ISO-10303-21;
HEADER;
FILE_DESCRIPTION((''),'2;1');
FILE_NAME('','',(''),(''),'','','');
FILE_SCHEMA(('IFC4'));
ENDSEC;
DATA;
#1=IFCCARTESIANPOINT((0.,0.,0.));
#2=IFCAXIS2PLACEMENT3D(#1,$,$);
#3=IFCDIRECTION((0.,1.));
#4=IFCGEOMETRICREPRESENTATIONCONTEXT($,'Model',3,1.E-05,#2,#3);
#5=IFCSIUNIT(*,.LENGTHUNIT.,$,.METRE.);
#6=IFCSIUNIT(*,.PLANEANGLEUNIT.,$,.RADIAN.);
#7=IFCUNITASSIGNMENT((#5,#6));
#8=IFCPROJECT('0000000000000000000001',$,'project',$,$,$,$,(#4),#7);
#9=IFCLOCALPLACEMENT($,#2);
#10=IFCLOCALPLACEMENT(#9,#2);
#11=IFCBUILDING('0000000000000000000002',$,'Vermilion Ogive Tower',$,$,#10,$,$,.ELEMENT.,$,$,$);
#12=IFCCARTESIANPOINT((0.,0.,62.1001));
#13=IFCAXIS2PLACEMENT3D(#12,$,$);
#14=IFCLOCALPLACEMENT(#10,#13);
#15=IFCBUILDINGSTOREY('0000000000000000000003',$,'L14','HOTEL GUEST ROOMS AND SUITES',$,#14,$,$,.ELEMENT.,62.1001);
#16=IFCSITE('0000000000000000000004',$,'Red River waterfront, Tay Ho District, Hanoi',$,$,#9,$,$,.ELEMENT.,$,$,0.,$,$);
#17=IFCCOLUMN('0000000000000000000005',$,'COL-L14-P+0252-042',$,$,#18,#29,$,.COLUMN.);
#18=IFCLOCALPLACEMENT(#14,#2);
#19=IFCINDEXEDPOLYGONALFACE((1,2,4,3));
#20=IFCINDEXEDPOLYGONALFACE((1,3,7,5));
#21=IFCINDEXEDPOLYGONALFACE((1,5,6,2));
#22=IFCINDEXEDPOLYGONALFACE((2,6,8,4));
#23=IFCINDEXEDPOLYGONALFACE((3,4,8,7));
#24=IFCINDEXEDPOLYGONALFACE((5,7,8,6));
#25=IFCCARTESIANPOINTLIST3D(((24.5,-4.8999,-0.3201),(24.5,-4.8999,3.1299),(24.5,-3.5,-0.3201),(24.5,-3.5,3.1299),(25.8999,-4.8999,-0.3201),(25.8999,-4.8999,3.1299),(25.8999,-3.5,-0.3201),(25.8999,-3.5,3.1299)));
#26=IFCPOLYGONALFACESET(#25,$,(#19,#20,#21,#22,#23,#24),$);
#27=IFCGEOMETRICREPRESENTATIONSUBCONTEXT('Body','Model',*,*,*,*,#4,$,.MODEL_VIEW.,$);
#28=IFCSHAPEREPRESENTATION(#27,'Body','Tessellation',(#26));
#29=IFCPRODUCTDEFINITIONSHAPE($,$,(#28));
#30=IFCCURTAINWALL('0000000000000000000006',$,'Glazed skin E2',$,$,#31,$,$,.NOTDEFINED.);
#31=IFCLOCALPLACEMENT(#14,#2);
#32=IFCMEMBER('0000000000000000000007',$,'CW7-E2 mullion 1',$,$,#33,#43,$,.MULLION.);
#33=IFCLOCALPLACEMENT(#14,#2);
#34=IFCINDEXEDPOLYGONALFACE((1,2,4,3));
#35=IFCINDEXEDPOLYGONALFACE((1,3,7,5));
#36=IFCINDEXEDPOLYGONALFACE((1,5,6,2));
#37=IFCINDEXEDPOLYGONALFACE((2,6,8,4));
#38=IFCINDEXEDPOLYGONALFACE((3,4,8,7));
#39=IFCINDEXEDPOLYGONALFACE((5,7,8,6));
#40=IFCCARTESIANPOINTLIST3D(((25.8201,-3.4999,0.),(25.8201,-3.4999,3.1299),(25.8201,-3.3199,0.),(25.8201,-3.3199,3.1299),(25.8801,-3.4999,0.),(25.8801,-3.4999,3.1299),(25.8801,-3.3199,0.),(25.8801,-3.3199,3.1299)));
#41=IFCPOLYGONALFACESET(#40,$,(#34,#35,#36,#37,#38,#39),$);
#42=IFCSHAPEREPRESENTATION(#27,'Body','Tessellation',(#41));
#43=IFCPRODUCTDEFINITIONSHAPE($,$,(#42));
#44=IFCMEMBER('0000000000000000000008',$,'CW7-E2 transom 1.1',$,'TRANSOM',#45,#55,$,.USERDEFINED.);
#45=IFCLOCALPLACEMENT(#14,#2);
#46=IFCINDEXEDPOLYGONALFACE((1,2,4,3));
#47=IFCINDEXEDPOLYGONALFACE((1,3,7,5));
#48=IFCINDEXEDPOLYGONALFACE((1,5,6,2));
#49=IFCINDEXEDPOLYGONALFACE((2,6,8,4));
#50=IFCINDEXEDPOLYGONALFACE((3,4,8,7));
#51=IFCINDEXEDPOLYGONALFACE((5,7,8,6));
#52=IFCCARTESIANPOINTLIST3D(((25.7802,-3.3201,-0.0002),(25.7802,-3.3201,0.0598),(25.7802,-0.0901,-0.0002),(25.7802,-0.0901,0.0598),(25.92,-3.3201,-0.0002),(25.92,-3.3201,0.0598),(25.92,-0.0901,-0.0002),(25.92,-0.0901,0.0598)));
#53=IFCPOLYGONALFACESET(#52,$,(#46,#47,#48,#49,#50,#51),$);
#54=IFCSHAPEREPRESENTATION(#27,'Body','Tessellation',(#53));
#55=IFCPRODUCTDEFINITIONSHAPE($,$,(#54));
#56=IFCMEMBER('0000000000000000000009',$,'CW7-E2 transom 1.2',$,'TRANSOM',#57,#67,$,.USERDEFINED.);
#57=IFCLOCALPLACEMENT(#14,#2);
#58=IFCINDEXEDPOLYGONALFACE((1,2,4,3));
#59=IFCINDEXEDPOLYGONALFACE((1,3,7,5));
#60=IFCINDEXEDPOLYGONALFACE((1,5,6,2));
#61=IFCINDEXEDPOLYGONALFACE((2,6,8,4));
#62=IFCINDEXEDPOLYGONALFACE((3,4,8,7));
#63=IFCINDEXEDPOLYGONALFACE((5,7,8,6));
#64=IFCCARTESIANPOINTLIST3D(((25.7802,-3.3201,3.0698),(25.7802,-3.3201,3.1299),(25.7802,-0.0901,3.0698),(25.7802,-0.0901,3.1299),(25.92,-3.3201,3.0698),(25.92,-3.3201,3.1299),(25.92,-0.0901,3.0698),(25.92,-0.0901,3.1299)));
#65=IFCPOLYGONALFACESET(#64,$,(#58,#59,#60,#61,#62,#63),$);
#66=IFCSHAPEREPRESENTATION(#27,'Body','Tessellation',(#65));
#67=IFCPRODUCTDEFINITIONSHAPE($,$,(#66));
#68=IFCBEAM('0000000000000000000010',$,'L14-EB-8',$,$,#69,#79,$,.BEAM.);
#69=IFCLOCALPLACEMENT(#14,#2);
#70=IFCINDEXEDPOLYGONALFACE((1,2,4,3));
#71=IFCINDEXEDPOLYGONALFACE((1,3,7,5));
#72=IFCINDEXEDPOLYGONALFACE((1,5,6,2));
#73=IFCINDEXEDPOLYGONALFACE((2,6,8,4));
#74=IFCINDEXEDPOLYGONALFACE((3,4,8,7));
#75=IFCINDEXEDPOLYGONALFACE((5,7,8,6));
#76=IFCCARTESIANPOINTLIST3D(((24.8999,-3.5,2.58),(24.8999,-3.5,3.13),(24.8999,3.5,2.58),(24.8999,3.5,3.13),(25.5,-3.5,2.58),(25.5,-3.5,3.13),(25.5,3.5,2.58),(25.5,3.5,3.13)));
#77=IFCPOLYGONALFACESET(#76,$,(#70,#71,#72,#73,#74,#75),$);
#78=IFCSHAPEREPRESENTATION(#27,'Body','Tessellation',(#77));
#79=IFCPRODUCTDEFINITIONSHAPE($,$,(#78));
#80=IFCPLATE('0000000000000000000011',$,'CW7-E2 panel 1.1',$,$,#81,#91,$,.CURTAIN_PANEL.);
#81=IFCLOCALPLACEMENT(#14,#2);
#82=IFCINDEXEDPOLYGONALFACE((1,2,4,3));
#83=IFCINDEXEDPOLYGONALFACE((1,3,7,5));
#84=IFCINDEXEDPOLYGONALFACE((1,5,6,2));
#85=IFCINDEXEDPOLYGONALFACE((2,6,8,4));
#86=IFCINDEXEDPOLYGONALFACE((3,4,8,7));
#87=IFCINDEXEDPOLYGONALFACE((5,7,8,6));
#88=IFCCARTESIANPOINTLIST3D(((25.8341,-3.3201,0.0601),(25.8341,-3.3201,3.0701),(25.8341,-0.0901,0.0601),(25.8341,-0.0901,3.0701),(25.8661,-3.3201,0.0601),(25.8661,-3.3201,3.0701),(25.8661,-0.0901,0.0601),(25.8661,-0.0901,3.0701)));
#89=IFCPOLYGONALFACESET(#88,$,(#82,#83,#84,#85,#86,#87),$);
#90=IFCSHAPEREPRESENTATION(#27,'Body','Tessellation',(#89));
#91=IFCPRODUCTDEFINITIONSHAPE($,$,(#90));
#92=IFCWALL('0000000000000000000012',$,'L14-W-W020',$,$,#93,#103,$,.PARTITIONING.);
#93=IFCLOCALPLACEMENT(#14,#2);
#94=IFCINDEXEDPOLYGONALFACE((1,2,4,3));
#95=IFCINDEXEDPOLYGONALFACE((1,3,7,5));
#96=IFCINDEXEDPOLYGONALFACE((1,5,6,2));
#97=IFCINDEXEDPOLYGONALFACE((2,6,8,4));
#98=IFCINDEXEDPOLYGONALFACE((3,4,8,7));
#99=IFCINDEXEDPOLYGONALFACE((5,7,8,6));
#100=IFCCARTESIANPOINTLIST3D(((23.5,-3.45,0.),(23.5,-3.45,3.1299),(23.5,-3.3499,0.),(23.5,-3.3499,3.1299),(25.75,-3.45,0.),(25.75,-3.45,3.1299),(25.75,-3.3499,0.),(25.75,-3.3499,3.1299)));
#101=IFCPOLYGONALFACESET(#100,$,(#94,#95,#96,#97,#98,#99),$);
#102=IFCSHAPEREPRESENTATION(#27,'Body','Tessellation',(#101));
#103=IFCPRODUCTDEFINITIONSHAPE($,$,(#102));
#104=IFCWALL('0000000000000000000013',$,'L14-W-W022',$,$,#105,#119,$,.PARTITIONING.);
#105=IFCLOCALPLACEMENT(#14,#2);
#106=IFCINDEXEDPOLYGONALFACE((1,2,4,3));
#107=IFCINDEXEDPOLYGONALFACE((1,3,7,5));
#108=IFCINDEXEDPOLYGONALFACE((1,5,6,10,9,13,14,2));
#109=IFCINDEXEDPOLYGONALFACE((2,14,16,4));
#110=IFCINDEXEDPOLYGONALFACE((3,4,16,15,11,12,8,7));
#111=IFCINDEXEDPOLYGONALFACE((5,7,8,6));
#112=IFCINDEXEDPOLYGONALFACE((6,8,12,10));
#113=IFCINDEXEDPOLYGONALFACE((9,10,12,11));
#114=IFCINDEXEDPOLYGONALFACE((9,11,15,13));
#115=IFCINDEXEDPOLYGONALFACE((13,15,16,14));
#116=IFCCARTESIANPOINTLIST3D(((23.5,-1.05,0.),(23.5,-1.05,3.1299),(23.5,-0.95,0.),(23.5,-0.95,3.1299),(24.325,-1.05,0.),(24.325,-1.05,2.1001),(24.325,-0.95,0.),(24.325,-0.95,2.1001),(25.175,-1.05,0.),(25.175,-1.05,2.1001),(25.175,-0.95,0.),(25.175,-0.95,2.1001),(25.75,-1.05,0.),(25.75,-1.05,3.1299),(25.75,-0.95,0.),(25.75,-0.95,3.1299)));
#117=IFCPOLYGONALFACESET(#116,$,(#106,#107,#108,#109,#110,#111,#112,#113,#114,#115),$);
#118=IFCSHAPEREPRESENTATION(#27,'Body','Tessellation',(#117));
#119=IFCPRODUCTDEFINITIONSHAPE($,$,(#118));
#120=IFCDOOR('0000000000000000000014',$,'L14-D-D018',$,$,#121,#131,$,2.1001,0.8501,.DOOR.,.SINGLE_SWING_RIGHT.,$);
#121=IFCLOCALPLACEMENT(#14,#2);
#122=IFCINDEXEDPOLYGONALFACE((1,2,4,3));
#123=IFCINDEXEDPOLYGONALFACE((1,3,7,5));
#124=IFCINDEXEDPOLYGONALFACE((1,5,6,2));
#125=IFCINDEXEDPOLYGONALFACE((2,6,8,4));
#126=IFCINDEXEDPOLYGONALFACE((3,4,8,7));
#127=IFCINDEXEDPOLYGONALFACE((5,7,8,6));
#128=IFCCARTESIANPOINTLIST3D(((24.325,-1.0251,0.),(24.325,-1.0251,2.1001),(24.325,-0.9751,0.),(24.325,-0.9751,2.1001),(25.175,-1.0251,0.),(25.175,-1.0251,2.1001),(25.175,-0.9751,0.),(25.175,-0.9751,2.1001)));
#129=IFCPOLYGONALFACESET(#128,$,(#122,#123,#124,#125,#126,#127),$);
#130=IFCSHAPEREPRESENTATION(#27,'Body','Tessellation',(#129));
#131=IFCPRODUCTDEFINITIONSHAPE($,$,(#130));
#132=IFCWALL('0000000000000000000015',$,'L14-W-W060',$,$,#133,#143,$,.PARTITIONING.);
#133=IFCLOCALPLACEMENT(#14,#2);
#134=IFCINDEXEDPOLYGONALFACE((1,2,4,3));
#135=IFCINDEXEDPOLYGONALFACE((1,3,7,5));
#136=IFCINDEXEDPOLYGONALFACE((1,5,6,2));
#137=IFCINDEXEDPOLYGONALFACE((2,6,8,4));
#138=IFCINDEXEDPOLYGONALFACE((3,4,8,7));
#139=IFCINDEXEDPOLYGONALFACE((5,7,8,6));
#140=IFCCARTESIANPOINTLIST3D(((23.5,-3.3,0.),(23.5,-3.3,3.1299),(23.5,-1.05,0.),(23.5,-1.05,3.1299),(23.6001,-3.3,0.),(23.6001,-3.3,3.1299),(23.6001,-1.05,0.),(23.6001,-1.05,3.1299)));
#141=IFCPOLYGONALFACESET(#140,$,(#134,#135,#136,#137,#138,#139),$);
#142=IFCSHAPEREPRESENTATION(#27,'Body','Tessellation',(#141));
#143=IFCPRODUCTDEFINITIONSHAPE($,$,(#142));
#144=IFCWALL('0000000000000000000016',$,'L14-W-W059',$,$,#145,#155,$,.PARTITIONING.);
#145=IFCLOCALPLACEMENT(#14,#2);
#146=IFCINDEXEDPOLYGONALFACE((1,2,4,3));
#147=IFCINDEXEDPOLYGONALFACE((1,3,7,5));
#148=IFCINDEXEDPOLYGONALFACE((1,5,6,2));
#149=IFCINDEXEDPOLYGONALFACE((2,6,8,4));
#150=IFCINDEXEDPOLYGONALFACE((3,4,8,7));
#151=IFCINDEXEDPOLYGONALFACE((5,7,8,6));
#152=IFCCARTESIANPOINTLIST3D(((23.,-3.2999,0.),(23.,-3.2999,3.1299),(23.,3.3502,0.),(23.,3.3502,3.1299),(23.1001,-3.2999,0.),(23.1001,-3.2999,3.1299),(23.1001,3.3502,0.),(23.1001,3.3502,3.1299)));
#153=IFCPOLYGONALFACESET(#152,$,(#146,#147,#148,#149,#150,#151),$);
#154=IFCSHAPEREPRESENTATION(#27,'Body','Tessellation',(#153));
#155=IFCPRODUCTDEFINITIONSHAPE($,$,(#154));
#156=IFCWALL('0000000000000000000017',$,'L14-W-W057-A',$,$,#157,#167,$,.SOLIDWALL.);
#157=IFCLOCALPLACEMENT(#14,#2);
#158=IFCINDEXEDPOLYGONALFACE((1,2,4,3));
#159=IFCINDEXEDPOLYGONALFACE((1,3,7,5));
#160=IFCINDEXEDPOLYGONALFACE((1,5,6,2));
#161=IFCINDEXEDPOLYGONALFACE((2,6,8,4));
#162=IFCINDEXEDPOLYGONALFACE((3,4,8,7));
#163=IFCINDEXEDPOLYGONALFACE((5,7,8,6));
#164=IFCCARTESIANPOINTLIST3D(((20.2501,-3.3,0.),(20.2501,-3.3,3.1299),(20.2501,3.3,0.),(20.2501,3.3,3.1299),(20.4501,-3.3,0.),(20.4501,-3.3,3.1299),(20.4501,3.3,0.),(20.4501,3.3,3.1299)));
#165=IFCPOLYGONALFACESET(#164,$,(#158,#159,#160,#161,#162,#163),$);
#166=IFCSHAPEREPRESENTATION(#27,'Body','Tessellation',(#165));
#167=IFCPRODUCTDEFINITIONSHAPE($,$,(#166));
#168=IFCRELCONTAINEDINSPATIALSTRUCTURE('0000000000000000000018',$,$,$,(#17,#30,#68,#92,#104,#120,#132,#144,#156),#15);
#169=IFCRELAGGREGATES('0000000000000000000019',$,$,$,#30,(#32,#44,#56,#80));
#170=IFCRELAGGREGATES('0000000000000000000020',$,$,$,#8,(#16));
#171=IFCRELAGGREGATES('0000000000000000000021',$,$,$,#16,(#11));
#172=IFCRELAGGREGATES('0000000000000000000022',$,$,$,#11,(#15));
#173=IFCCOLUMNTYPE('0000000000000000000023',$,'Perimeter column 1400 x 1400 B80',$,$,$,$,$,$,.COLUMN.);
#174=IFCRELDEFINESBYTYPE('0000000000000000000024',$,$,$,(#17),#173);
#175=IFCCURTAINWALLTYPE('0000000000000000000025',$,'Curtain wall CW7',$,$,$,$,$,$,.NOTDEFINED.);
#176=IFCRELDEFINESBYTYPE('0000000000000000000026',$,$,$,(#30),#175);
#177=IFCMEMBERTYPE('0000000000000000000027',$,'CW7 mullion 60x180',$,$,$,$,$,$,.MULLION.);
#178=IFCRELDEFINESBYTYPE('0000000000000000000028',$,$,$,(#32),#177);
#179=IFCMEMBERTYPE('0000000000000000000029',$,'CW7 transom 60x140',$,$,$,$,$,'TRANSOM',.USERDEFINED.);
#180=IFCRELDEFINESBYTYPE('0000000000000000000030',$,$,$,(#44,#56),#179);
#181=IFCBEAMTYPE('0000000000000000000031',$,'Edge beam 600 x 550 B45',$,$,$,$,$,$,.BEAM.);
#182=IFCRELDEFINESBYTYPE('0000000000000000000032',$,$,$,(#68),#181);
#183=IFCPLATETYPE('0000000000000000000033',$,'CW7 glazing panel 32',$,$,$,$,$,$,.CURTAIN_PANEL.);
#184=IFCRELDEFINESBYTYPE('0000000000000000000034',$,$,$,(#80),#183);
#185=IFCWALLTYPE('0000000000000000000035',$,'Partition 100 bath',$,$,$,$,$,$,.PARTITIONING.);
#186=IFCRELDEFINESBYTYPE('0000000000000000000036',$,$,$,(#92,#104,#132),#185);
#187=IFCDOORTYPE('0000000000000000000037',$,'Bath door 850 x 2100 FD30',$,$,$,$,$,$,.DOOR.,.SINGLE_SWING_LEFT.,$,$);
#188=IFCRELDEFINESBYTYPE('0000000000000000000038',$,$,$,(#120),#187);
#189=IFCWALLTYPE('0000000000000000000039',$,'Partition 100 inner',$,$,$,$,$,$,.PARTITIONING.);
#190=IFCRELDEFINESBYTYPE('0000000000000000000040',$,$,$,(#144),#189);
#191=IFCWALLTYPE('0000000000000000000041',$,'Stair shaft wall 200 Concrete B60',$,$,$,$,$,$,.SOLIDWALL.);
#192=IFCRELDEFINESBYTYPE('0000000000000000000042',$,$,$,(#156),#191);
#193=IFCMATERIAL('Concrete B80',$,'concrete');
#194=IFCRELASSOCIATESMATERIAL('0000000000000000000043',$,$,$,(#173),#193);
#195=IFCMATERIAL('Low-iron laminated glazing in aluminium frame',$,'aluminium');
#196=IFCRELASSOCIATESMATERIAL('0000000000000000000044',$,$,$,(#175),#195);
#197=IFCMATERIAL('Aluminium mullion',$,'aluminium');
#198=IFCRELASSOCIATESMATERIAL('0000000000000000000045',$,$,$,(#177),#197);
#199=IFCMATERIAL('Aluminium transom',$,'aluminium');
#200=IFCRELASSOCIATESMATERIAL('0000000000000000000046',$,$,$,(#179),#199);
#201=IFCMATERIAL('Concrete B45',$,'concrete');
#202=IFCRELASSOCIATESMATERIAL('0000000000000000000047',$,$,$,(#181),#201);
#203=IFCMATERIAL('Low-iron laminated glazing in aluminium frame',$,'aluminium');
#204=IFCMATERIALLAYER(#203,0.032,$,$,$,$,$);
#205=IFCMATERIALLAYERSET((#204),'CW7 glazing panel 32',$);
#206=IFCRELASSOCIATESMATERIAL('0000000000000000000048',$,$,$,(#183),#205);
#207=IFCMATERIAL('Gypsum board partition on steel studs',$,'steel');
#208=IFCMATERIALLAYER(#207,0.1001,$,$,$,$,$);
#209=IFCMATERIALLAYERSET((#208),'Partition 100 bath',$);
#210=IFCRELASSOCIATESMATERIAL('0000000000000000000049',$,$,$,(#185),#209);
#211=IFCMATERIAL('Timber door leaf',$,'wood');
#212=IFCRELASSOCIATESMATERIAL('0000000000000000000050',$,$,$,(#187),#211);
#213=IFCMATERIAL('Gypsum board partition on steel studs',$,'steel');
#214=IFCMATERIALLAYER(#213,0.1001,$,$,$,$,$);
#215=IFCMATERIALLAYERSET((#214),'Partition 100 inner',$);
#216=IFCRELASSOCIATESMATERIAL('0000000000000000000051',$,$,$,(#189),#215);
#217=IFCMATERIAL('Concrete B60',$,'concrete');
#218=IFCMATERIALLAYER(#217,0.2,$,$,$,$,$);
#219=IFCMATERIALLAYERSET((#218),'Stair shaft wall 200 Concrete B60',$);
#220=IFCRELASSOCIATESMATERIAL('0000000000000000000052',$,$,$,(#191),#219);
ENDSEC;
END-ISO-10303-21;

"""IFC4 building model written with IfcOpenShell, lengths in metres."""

from ifc_helpers import new_model, si_unit, direction, frame, frame_2d, origin, origin_2d, place, context, subcontext, project, spatial, rectangle, extrude, material, layer, layer_set, material_profile, profile_set, type_object, element, fill, aggregate, save


model = new_model("IFC4")

# Units and contexts
model_context = context("Model", 3, precision=1e-05, world=origin(), true_north=direction((0.0, 1.0)))
body_context = subcontext(model_context, "Body", "Model", "MODEL_VIEW")
ifc_project = project(units=[si_unit("LENGTHUNIT", "METRE"), si_unit("PLANEANGLEUNIT", "RADIAN")], contexts=[model_context])

# Site, building, storey
site_placement = place(None, origin())
site = spatial("IfcSite", under=ifc_project, at=site_placement, Name="Red River waterfront, Tay Ho District, Hanoi", CompositionType="ELEMENT", RefElevation=0.0)
building_placement = place(site_placement, origin())
building = spatial("IfcBuilding", under=site, at=building_placement, Name="Vermilion Ogive Tower", CompositionType="ELEMENT")
storey_placement = place(building_placement, frame((0.0, 0.0, 62.1001)))
storey = spatial("IfcBuildingStorey", under=building, at=storey_placement, Name="L14", Description="HOTEL GUEST ROOMS AND SUITES", CompositionType="ELEMENT", Elevation=62.1001)

# Column
ifc_material_1 = material(Name="Concrete B80", Category="concrete")
ifc_material_profile_1 = material_profile(ifc_material_1, rectangle(XDim=1.3999, YDim=1.3999, at=origin_2d()), Name="1400 x 1400")
ifc_profile_set_1 = profile_set([ifc_material_profile_1], Name="Concrete B80")
column_type = type_object("IfcColumnType", Name="Perimeter column 1400 x 1400 B80", PredefinedType="COLUMN", material=ifc_profile_set_1)
column_placement = place(storey_placement, frame((25.2, -4.2, -0.3201), z_axis=(0.0, 0.0, 1.0), x_axis=(1.0, 0.0, 0.0)))
element("IfcColumn", 1, at=column_placement, inside=storey, type_object=column_type, Name="COL-L14-P+0252-042", PredefinedType="COLUMN", context=body_context, shape_type="SweptSolid", body=[
    extrude(rectangle(XDim=1.3999, YDim=1.3999, at=origin_2d()), origin(), (0.0, 0.0, 1.0), 3.45),
])

# Curtain wall, members
ifc_material_2 = material(Name="Low-iron laminated glazing in aluminium frame", Category="aluminium")
curtain_wall_type = type_object("IfcCurtainWallType", Name="Curtain wall CW7", PredefinedType="NOTDEFINED", material=ifc_material_2)
curtain_wall_placement = place(storey_placement, origin())
curtain_wall = element("IfcCurtainWall", 2, at=curtain_wall_placement, inside=storey, type_object=curtain_wall_type, Name="Glazed skin E2", PredefinedType="NOTDEFINED")
ifc_material_3 = material(Name="Aluminium mullion", Category="aluminium")
ifc_material_profile_2 = material_profile(ifc_material_3, rectangle(XDim=0.0601, YDim=0.1799, at=origin_2d()), Name="AL 60x180")
ifc_profile_set_2 = profile_set([ifc_material_profile_2], Name="Aluminium mullion")
member_type_1 = type_object("IfcMemberType", Name="CW7 mullion 60x180", PredefinedType="MULLION", material=ifc_profile_set_2)
member_1_placement = place(storey_placement, frame((25.8501, -3.4099, 0.0), z_axis=(0.0, 0.0, 1.0), x_axis=(-1.0, 0.0, 0.0)))
member_1 = element("IfcMember", 3, at=member_1_placement, type_object=member_type_1, Name="CW7-E2 mullion 1", PredefinedType="MULLION", context=body_context, shape_type="SweptSolid", body=[
    extrude(rectangle(XDim=0.0601, YDim=0.1799, at=origin_2d()), origin(), (0.0, 0.0, 1.0), 3.1299),
])
ifc_material_4 = material(Name="Aluminium transom", Category="aluminium")
ifc_material_profile_3 = material_profile(ifc_material_4, rectangle(XDim=0.1399, YDim=0.0601, at=origin_2d()), Name="AL 60x140")
ifc_profile_set_3 = profile_set([ifc_material_profile_3], Name="Aluminium transom")
member_type_2 = type_object("IfcMemberType", Name="CW7 transom 60x140", ElementType="TRANSOM", PredefinedType="USERDEFINED", material=ifc_profile_set_3)
member_2_placement = place(storey_placement, frame((25.8501, -3.3201, 0.0298), z_axis=(0.0, 1.0, 0.0), x_axis=(-1.0, 0.0, 0.0)))
member_2 = element("IfcMember", 4, at=member_2_placement, type_object=member_type_2, Name="CW7-E2 transom 1.1", ObjectType="TRANSOM", PredefinedType="USERDEFINED", context=body_context, shape_type="SweptSolid", body=[
    extrude(rectangle(XDim=0.1399, YDim=0.0601, at=origin_2d()), origin(), (0.0, 0.0, 1.0), 3.23),
])
member_3_placement = place(storey_placement, frame((25.8501, -3.3201, 3.0999), z_axis=(0.0, 1.0, 0.0), x_axis=(-1.0, 0.0, 0.0)))
member_3 = element("IfcMember", 5, at=member_3_placement, type_object=member_type_2, Name="CW7-E2 transom 1.2", ObjectType="TRANSOM", PredefinedType="USERDEFINED", context=body_context, shape_type="SweptSolid", body=[
    extrude(rectangle(XDim=0.1399, YDim=0.0601, at=origin_2d()), origin(), (0.0, 0.0, 1.0), 3.23),
])

# Beam
ifc_material_5 = material(Name="Concrete B45", Category="concrete")
ifc_material_profile_4 = material_profile(ifc_material_5, rectangle(XDim=0.6001, YDim=0.55, at=origin_2d()), Name="600 x 550")
ifc_profile_set_4 = profile_set([ifc_material_profile_4], Name="Concrete B45")
beam_type = type_object("IfcBeamType", Name="Edge beam 600 x 550 B45", PredefinedType="BEAM", material=ifc_profile_set_4)
beam_placement = place(storey_placement, frame((25.2, -3.5, 2.855), z_axis=(0.0, 1.0, 0.0), x_axis=(-1.0, 0.0, 0.0)))
element("IfcBeam", 6, at=beam_placement, inside=storey, type_object=beam_type, Name="L14-EB-8", PredefinedType="BEAM", context=body_context, shape_type="SweptSolid", body=[
    extrude(rectangle(XDim=0.6001, YDim=0.55, at=origin_2d()), origin(), (0.0, 0.0, 1.0), 7.0),
])

# Plate
ifc_material_6 = material(Name="Low-iron laminated glazing in aluminium frame", Category="aluminium")
ifc_layer_1 = layer(ifc_material_6, 0.032)
ifc_layer_set_1 = layer_set([ifc_layer_1], Name="CW7 glazing panel 32")
plate_type = type_object("IfcPlateType", Name="CW7 glazing panel 32", PredefinedType="CURTAIN_PANEL", material=ifc_layer_set_1)
plate_placement = place(storey_placement, frame((25.8501, -1.7051, 0.0601), z_axis=(0.0, 0.0, 1.0), x_axis=(0.0, 1.0, 0.0)))
plate = element("IfcPlate", 7, at=plate_placement, type_object=plate_type, Name="CW7-E2 panel 1.1", PredefinedType="CURTAIN_PANEL", context=body_context, shape_type="SweptSolid", body=[
    extrude(rectangle(XDim=3.23, YDim=0.032, at=origin_2d()), origin(), (0.0, 0.0, 1.0), 3.01),
])
aggregate(curtain_wall, [member_1, member_2, member_3, plate])

# Wall
ifc_material_7 = material(Name="Gypsum board partition on steel studs", Category="steel")
ifc_layer_2 = layer(ifc_material_7, 0.1001)
ifc_layer_set_2 = layer_set([ifc_layer_2], Name="Partition 100 bath")
wall_type_1 = type_object("IfcWallType", Name="Partition 100 bath", PredefinedType="PARTITIONING", material=ifc_layer_set_2)
wall_1_placement = place(storey_placement, frame((23.5, -3.3999, 0.0), z_axis=(0.0, 0.0, 1.0), x_axis=(1.0, 0.0, 0.0)))
element("IfcWall", 8, at=wall_1_placement, inside=storey, type_object=wall_type_1, Name="L14-W-W020", PredefinedType="PARTITIONING", context=body_context, shape_type="SweptSolid", body=[
    extrude(rectangle(XDim=2.25, YDim=0.1001, at=frame_2d((1.125, 0.0))), origin(), (0.0, 0.0, 1.0), 3.1299),
])

# Wall, opening, door
wall_2_placement = place(storey_placement, frame((23.5, -1.0, 0.0), z_axis=(0.0, 0.0, 1.0), x_axis=(1.0, 0.0, 0.0)))
wall_2 = element("IfcWall", 9, at=wall_2_placement, inside=storey, type_object=wall_type_1, Name="L14-W-W022", PredefinedType="PARTITIONING", context=body_context, shape_type="SweptSolid", body=[
    extrude(rectangle(XDim=2.25, YDim=0.1001, at=frame_2d((1.125, 0.0))), origin(), (0.0, 0.0, 1.0), 3.1299),
])
opening_1_placement = place(wall_2_placement, frame((0.825, 0.0, 0.0)))
opening_1 = element("IfcOpeningElement", 10, at=opening_1_placement, cuts=wall_2, PredefinedType="OPENING", context=body_context, shape_type="SweptSolid", body=[
    extrude(rectangle(XDim=0.8501, YDim=2.1001, at=frame_2d((0.425, 1.05))), frame((0.0, 0.0601, 0.0), z_axis=(0.0, -1.0, 0.0), x_axis=(1.0, 0.0, 0.0)), (0.0, 0.0, 1.0), 0.1201),
])
ifc_material_8 = material(Name="Timber door leaf", Category="wood")
door_type_1 = type_object("IfcDoorType", Name="Bath door 850 x 2100 FD30", OperationType="SINGLE_SWING_LEFT", PredefinedType="DOOR", material=ifc_material_8)
door_1_placement = place(opening_1_placement, origin())
door_1 = element("IfcDoor", 11, at=door_1_placement, inside=storey, type_object=door_type_1, Name="L14-D-D018", OperationType="SINGLE_SWING_RIGHT", OverallHeight=2.1001, OverallWidth=0.8501, PredefinedType="DOOR", context=body_context, shape_type="SweptSolid", body=[
    extrude(rectangle(XDim=0.8501, YDim=2.1001, at=frame_2d((0.425, 1.05))), frame((0.0, 0.0249, 0.0), z_axis=(0.0, -1.0, 0.0), x_axis=(1.0, 0.0, 0.0)), (0.0, 0.0, 1.0), 0.05),
])
fill(opening_1, door_1)

# Walls
wall_3_placement = place(storey_placement, frame((23.55, -3.3, 0.0), z_axis=(0.0, 0.0, 1.0), x_axis=(0.0, 1.0, 0.0)))
element("IfcWall", 12, at=wall_3_placement, inside=storey, type_object=wall_type_1, Name="L14-W-W060", PredefinedType="PARTITIONING", context=body_context, shape_type="SweptSolid", body=[
    extrude(rectangle(XDim=2.25, YDim=0.1001, at=frame_2d((1.125, 0.0))), origin(), (0.0, 0.0, 1.0), 3.1299),
])
ifc_material_9 = material(Name="Gypsum board partition on steel studs", Category="steel")
ifc_layer_3 = layer(ifc_material_9, 0.1001)
ifc_layer_set_3 = layer_set([ifc_layer_3], Name="Partition 100 inner")
wall_type_2 = type_object("IfcWallType", Name="Partition 100 inner", PredefinedType="PARTITIONING", material=ifc_layer_set_3)
wall_4_placement = place(storey_placement, frame((23.05, -3.3, 0.0), z_axis=(0.0, 0.0, 1.0), x_axis=(0.0, 1.0, 0.0)))
element("IfcWall", 13, at=wall_4_placement, inside=storey, type_object=wall_type_2, Name="L14-W-W059", PredefinedType="PARTITIONING", context=body_context, shape_type="SweptSolid", body=[
    extrude(rectangle(XDim=6.6501, YDim=0.1001, at=frame_2d((3.3252, 0.0))), origin(), (0.0, 0.0, 1.0), 3.1299),
])
ifc_material_10 = material(Name="Concrete B60", Category="concrete")
ifc_layer_4 = layer(ifc_material_10, 0.2)
ifc_layer_set_4 = layer_set([ifc_layer_4], Name="Stair shaft wall 200 Concrete B60")
wall_type_3 = type_object("IfcWallType", Name="Stair shaft wall 200 Concrete B60", PredefinedType="SOLIDWALL", material=ifc_layer_set_4)
wall_5_placement = place(storey_placement, frame((20.3501, -3.3, 0.0), z_axis=(0.0, 0.0, 1.0), x_axis=(0.0, 1.0, 0.0)))
element("IfcWall", 14, at=wall_5_placement, inside=storey, type_object=wall_type_3, Name="L14-W-W057-A", PredefinedType="SOLIDWALL", context=body_context, shape_type="SweptSolid", body=[
    extrude(rectangle(XDim=6.6001, YDim=0.2, at=frame_2d((3.3, 0.0))), origin(), (0.0, 0.0, 1.0), 3.1299),
])

save(model, "model.ifc")
